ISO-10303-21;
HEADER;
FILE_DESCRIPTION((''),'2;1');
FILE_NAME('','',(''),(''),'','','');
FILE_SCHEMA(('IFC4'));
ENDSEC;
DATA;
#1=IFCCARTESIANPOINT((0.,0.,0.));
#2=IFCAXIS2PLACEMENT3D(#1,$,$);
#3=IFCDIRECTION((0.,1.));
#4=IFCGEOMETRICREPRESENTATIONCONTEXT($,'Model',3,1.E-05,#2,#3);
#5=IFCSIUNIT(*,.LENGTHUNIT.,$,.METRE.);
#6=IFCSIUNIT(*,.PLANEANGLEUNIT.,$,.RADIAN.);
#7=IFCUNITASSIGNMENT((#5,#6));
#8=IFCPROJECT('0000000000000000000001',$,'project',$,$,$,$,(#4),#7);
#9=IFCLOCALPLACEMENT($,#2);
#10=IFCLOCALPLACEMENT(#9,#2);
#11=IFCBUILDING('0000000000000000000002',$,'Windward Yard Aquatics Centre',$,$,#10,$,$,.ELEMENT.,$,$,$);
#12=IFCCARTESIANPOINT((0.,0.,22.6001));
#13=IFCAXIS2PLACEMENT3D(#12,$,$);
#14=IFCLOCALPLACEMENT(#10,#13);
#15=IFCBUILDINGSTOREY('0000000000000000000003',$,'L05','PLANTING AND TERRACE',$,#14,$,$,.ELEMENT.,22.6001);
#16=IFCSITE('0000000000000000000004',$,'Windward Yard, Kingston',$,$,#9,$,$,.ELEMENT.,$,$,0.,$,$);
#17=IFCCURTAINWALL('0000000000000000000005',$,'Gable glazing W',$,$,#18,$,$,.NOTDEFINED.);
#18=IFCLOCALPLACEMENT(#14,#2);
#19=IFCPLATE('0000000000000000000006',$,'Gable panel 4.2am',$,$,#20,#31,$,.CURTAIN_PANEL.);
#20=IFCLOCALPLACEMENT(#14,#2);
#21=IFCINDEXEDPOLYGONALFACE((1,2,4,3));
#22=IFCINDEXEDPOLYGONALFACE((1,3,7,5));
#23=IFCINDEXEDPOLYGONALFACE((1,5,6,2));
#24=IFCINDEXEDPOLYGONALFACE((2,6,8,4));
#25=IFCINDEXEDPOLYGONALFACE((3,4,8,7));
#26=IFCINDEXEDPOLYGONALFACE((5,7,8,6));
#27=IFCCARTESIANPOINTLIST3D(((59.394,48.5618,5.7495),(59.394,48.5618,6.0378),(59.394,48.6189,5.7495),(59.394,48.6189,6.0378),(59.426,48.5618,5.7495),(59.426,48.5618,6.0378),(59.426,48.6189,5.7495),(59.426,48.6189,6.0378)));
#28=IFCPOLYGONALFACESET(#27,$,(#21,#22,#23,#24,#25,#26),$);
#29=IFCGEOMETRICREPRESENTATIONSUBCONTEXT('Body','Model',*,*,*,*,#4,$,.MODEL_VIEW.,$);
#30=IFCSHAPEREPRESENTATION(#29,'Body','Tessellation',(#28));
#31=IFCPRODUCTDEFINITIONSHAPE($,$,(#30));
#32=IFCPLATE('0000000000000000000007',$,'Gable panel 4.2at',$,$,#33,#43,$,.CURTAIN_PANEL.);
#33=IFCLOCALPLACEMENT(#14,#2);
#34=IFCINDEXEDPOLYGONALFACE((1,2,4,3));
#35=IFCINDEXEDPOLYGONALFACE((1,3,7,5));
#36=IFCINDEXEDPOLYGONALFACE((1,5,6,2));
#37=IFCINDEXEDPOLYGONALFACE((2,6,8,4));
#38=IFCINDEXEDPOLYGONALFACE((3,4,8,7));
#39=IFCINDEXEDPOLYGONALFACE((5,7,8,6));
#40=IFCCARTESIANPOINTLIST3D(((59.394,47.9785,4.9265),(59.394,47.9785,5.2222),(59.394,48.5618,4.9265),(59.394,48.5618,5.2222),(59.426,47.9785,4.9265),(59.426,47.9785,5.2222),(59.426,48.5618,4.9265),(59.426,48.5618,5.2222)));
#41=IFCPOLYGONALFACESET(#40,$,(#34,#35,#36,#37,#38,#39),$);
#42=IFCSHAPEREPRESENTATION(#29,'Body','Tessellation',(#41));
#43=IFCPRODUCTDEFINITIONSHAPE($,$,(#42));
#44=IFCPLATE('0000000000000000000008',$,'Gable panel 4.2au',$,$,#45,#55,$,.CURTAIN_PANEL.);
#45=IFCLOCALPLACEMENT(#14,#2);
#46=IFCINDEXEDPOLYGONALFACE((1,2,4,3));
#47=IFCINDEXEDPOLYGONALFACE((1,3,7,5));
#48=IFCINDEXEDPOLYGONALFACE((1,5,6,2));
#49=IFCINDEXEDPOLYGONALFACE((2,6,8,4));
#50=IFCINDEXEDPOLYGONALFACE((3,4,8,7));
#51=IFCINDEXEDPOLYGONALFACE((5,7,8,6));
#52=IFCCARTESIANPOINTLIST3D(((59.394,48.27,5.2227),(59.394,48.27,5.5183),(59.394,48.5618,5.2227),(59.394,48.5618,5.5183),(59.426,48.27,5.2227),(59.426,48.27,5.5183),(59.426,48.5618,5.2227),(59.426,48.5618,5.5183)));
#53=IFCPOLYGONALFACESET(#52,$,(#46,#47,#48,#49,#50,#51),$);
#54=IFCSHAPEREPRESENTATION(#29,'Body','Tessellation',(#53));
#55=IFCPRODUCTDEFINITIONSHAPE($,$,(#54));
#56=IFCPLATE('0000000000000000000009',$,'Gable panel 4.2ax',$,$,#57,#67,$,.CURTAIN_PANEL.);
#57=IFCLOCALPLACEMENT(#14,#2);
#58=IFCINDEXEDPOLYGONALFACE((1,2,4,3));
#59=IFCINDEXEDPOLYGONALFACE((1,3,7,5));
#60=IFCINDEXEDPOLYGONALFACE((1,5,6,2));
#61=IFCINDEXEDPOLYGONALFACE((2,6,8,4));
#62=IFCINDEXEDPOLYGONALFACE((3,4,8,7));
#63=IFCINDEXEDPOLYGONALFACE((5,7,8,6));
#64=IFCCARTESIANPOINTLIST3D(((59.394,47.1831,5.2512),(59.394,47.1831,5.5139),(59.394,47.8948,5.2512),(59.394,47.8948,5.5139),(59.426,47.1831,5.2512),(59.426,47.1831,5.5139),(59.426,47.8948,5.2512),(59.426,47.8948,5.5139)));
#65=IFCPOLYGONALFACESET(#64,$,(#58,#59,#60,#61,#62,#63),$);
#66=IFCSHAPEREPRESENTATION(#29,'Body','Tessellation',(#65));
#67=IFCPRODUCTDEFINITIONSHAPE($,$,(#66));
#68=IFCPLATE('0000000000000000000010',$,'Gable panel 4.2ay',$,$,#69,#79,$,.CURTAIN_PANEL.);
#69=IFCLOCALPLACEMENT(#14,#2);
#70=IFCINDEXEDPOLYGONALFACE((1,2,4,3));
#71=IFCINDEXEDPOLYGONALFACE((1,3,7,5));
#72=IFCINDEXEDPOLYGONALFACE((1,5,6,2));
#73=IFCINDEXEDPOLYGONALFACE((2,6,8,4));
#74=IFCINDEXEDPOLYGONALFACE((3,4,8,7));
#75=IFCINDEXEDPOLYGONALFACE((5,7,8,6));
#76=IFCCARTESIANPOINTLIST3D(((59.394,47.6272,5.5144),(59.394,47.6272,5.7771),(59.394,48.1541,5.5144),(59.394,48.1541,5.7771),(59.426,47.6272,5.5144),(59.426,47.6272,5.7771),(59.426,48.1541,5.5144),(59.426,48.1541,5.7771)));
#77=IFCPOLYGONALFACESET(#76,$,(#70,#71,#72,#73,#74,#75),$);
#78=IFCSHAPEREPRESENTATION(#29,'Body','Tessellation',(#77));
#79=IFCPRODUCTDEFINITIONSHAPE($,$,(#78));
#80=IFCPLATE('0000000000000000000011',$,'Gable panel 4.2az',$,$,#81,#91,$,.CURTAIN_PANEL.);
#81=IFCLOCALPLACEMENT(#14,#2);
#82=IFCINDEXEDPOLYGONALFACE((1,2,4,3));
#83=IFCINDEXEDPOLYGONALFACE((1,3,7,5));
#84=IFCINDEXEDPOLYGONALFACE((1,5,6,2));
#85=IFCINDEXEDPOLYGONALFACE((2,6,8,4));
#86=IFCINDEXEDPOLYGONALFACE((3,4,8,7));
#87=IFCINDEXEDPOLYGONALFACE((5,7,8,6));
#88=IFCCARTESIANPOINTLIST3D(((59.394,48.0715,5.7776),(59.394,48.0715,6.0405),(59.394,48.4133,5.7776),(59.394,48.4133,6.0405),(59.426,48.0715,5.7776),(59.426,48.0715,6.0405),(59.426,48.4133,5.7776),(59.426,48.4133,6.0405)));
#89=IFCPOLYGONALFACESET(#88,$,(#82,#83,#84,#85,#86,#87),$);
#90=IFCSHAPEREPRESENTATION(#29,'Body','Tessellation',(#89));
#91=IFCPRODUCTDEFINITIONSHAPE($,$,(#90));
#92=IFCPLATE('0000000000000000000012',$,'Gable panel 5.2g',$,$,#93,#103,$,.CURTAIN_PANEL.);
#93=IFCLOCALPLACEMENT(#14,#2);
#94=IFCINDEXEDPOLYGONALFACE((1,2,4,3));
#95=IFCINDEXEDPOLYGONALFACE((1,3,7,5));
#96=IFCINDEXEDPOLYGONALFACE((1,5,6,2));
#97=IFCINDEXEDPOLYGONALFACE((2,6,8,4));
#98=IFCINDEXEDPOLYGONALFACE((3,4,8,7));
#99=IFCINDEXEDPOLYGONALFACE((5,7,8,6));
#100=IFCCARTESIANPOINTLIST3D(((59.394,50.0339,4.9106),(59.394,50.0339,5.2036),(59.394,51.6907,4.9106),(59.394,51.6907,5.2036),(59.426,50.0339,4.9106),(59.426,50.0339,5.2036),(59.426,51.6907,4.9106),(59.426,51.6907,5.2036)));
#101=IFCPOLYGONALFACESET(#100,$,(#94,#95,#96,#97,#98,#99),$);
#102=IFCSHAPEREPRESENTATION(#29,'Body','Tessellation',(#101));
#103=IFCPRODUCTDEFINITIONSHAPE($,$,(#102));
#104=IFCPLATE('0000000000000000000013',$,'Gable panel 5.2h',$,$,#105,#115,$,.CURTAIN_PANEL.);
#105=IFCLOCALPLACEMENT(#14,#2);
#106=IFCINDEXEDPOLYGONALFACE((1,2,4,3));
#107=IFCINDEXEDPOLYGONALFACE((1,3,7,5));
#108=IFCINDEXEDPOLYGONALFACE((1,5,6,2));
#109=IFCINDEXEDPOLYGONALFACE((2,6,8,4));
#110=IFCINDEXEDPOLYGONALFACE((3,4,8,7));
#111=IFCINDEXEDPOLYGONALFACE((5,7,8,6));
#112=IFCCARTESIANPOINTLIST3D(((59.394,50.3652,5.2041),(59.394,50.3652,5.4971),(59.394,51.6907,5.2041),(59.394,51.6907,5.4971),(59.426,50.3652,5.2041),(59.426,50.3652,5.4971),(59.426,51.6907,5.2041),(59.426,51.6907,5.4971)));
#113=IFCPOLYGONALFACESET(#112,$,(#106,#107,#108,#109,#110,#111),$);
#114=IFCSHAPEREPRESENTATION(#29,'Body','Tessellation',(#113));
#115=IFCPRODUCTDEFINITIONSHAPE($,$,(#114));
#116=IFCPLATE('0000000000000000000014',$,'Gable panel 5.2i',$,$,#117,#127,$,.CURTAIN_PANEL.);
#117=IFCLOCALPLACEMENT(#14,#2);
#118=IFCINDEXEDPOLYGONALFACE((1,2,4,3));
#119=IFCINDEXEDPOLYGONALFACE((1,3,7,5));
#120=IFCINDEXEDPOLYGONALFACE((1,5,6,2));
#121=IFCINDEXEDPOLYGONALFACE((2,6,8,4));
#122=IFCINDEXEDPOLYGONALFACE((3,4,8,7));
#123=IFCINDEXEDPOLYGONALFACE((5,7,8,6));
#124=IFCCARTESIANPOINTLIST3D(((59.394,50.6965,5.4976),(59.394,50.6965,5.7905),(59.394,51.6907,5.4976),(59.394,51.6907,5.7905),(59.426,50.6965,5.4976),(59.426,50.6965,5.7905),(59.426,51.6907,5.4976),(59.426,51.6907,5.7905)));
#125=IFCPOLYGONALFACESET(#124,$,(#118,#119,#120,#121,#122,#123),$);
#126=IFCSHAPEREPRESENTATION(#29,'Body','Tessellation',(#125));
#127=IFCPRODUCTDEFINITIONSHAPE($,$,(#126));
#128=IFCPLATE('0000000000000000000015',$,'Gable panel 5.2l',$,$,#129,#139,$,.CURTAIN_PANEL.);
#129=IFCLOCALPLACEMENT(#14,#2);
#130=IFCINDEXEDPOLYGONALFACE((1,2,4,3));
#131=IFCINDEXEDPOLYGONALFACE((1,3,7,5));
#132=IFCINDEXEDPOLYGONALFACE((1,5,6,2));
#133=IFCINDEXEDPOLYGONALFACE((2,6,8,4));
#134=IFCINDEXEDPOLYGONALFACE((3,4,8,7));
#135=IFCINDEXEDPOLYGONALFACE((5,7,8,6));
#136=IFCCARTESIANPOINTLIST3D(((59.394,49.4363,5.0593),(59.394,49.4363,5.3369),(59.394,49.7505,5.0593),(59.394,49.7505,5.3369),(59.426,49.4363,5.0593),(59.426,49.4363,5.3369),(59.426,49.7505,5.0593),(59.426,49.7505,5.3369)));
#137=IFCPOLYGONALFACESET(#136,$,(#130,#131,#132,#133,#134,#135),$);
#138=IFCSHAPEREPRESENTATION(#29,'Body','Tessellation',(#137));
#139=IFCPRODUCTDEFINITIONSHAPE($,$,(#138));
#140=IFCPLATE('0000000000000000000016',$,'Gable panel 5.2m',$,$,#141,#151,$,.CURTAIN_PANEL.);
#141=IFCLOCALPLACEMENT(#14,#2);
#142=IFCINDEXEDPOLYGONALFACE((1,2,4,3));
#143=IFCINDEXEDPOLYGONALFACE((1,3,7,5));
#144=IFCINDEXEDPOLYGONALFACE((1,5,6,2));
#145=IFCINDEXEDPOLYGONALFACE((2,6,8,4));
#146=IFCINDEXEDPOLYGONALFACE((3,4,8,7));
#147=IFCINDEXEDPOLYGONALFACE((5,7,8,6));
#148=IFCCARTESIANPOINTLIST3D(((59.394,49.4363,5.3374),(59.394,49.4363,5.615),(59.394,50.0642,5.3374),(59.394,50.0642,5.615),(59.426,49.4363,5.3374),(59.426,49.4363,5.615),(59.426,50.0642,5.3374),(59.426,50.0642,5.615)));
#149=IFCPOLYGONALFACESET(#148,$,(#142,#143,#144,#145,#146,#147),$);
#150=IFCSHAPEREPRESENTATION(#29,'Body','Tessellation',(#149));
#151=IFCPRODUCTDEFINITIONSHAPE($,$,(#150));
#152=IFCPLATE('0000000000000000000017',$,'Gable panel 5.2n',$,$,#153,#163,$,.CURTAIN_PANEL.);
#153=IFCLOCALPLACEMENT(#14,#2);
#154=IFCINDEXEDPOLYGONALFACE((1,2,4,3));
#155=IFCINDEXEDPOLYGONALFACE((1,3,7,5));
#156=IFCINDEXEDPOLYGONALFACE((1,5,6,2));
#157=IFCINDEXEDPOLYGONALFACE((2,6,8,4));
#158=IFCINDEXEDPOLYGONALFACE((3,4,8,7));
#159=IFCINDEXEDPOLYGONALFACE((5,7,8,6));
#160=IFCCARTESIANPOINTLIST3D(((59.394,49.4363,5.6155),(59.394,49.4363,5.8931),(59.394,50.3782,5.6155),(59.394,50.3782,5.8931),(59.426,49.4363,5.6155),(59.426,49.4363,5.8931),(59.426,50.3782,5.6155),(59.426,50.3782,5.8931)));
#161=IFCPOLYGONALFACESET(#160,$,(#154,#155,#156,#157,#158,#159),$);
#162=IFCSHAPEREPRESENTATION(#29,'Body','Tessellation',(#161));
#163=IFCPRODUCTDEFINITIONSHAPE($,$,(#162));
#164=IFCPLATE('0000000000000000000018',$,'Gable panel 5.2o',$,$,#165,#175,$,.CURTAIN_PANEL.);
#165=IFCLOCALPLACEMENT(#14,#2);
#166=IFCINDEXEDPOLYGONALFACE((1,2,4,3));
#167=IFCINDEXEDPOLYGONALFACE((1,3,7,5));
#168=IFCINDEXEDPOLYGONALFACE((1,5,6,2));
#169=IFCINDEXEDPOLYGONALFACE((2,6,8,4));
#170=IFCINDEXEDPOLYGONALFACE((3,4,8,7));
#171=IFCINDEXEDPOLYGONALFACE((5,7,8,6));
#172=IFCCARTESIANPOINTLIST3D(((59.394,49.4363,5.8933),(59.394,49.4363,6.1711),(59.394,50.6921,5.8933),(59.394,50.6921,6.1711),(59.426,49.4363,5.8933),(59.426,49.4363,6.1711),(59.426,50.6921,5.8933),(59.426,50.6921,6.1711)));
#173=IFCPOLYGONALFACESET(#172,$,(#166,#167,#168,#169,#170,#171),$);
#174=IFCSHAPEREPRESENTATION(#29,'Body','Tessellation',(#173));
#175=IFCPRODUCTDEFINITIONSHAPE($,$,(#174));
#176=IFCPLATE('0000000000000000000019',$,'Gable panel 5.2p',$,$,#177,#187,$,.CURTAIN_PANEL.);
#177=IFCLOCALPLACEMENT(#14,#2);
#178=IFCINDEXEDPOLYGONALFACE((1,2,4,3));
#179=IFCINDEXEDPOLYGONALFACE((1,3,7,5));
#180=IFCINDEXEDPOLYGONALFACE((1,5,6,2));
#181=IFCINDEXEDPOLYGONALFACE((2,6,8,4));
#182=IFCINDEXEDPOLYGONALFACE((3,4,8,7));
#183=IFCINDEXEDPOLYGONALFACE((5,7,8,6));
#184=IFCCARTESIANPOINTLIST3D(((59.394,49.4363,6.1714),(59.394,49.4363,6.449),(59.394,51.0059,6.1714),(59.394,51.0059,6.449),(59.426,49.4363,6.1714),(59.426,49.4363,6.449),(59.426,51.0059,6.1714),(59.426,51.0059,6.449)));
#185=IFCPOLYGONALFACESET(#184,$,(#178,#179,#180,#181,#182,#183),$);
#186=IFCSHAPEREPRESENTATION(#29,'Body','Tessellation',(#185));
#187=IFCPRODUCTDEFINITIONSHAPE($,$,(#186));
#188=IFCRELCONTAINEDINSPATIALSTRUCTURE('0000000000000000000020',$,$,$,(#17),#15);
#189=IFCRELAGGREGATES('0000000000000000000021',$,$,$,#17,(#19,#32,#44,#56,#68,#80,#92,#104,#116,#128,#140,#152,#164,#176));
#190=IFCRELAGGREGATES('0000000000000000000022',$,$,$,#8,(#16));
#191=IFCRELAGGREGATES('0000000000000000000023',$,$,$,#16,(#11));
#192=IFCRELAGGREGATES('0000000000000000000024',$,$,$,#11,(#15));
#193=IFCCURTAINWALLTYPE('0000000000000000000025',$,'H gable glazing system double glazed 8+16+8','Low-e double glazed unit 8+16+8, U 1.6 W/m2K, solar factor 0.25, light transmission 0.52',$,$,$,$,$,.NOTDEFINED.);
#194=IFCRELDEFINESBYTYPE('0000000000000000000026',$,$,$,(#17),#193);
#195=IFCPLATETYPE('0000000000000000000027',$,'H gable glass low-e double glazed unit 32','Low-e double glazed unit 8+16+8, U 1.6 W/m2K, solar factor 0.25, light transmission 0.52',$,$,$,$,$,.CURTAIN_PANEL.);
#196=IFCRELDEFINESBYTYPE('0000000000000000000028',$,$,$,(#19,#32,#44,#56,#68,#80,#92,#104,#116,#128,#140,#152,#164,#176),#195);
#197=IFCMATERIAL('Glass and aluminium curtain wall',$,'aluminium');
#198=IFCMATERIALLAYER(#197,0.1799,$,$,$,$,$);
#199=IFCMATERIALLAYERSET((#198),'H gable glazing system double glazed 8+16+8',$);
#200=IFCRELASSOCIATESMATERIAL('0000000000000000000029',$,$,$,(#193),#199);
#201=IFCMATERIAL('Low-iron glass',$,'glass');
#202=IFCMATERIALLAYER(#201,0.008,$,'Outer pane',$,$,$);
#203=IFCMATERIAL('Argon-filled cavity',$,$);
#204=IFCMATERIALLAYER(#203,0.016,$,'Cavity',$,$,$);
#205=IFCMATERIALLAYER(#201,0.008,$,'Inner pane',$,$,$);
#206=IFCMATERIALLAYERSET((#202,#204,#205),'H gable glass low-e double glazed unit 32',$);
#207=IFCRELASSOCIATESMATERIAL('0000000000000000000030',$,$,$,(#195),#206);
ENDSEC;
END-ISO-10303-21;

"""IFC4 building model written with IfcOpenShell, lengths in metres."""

from ifc_helpers import new_model, si_unit, direction, frame, origin, place, context, subcontext, project, spatial, polyline, outline, extrude, material, layer, layer_set, type_object, element, aggregate, save


model = new_model("IFC4")

# Units and contexts
model_context = context("Model", 3, precision=1e-05, world=origin(), true_north=direction((0.0, 1.0)))
body_context = subcontext(model_context, "Body", "Model", "MODEL_VIEW")
ifc_project = project(units=[si_unit("LENGTHUNIT", "METRE"), si_unit("PLANEANGLEUNIT", "RADIAN")], contexts=[model_context])

# Site, building, storey
site_placement = place(None, origin())
site = spatial("IfcSite", under=ifc_project, at=site_placement, Name="Windward Yard, Kingston", CompositionType="ELEMENT", RefElevation=0.0)
building_placement = place(site_placement, origin())
building = spatial("IfcBuilding", under=site, at=building_placement, Name="Windward Yard Aquatics Centre", CompositionType="ELEMENT")
storey_placement = place(building_placement, frame((0.0, 0.0, 22.6001)))
storey = spatial("IfcBuildingStorey", under=building, at=storey_placement, Name="L05", Description="PLANTING AND TERRACE", CompositionType="ELEMENT", Elevation=22.6001)

# Curtain wall, plates
ifc_material_1 = material(Name="Glass and aluminium curtain wall", Category="aluminium")
ifc_layer_1 = layer(ifc_material_1, 0.1799)
ifc_layer_set_1 = layer_set([ifc_layer_1], Name="H gable glazing system double glazed 8+16+8")
curtain_wall_type = type_object("IfcCurtainWallType", Name="H gable glazing system double glazed 8+16+8", Description="Low-e double glazed unit 8+16+8, U 1.6 W/m2K, solar factor 0.25, light transmission 0.52", PredefinedType="NOTDEFINED", material=ifc_layer_set_1)
curtain_wall_placement = place(storey_placement, origin())
curtain_wall = element("IfcCurtainWall", 1, at=curtain_wall_placement, inside=storey, type_object=curtain_wall_type, Name="Gable glazing W", PredefinedType="NOTDEFINED")
ifc_material_2 = material(Name="Low-iron glass", Category="glass")
ifc_layer_2 = layer(ifc_material_2, 0.008, Name="Outer pane")
ifc_material_3 = material(Name="Argon-filled cavity")
ifc_layer_3 = layer(ifc_material_3, 0.016, Name="Cavity")
ifc_layer_4 = layer(ifc_material_2, 0.008, Name="Inner pane")
ifc_layer_set_2 = layer_set([ifc_layer_2, ifc_layer_3, ifc_layer_4], Name="H gable glass low-e double glazed unit 32")
plate_type = type_object("IfcPlateType", Name="H gable glass low-e double glazed unit 32", Description="Low-e double glazed unit 8+16+8, U 1.6 W/m2K, solar factor 0.25, light transmission 0.52", PredefinedType="CURTAIN_PANEL", material=ifc_layer_set_2)
plate_1_placement = place(storey_placement, frame((59.426, 48.5618, 5.7495), z_axis=(1.0, 0.0, 0.0), x_axis=(0.0, 1.0, 0.0)))
plate_1 = element("IfcPlate", 2, at=plate_1_placement, type_object=plate_type, Name="Gable panel 4.2am", PredefinedType="CURTAIN_PANEL", context=body_context, shape_type="SweptSolid", body=[
    extrude(outline(polyline([(0.0, 0.0), (0.0571, 0.0), (0.0571, 0.2883), (0.0, 0.2883), (0.0, 0.0)])), origin(), (0.0, 0.0, -1.0), 0.032),
])
plate_2_placement = place(storey_placement, frame((59.426, 47.9785, 4.9265), z_axis=(1.0, 0.0, 0.0), x_axis=(0.0, 1.0, 0.0)))
plate_2 = element("IfcPlate", 3, at=plate_2_placement, type_object=plate_type, Name="Gable panel 4.2at", PredefinedType="CURTAIN_PANEL", context=body_context, shape_type="SweptSolid", body=[
    extrude(outline(polyline([(0.0, 0.0), (0.5833, 0.0), (0.5833, 0.2957), (0.0, 0.2957), (0.0, 0.0)])), origin(), (0.0, 0.0, -1.0), 0.032),
])
plate_3_placement = place(storey_placement, frame((59.426, 48.27, 5.2227), z_axis=(1.0, 0.0, 0.0), x_axis=(0.0, 1.0, 0.0)))
plate_3 = element("IfcPlate", 4, at=plate_3_placement, type_object=plate_type, Name="Gable panel 4.2au", PredefinedType="CURTAIN_PANEL", context=body_context, shape_type="SweptSolid", body=[
    extrude(outline(polyline([(0.0, 0.0), (0.2917, 0.0), (0.2917, 0.2957), (0.0, 0.2957), (0.0, 0.0)])), origin(), (0.0, 0.0, -1.0), 0.032),
])
plate_4_placement = place(storey_placement, frame((59.426, 47.1831, 5.2512), z_axis=(1.0, 0.0, 0.0), x_axis=(0.0, 1.0, 0.0)))
plate_4 = element("IfcPlate", 5, at=plate_4_placement, type_object=plate_type, Name="Gable panel 4.2ax", PredefinedType="CURTAIN_PANEL", context=body_context, shape_type="SweptSolid", body=[
    extrude(outline(polyline([(0.0, 0.0), (0.7117, 0.0), (0.7117, 0.2627), (0.0, 0.2627), (0.0, 0.0)])), origin(), (0.0, 0.0, -1.0), 0.032),
])
plate_5_placement = place(storey_placement, frame((59.426, 47.6272, 5.5144), z_axis=(1.0, 0.0, 0.0), x_axis=(0.0, 1.0, 0.0)))
plate_5 = element("IfcPlate", 6, at=plate_5_placement, type_object=plate_type, Name="Gable panel 4.2ay", PredefinedType="CURTAIN_PANEL", context=body_context, shape_type="SweptSolid", body=[
    extrude(outline(polyline([(0.0, 0.0), (0.5269, 0.0), (0.5269, 0.2627), (0.0, 0.2627), (0.0, 0.0)])), origin(), (0.0, 0.0, -1.0), 0.032),
])
plate_6_placement = place(storey_placement, frame((59.426, 48.0715, 5.7776), z_axis=(1.0, 0.0, 0.0), x_axis=(0.0, 1.0, 0.0)))
plate_6 = element("IfcPlate", 7, at=plate_6_placement, type_object=plate_type, Name="Gable panel 4.2az", PredefinedType="CURTAIN_PANEL", context=body_context, shape_type="SweptSolid", body=[
    extrude(outline(polyline([(0.0, 0.0), (0.3418, 0.0), (0.3418, 0.2629), (0.0, 0.2629), (0.0, 0.0)])), origin(), (0.0, 0.0, -1.0), 0.032),
])
plate_7_placement = place(storey_placement, frame((59.426, 50.0339, 4.9106), z_axis=(1.0, 0.0, 0.0), x_axis=(0.0, 1.0, 0.0)))
plate_7 = element("IfcPlate", 8, at=plate_7_placement, type_object=plate_type, Name="Gable panel 5.2g", PredefinedType="CURTAIN_PANEL", context=body_context, shape_type="SweptSolid", body=[
    extrude(outline(polyline([(0.0, 0.0), (1.6567, 0.0), (1.6567, 0.293), (0.0, 0.293), (0.0, 0.0)])), origin(), (0.0, 0.0, -1.0), 0.032),
])
plate_8_placement = place(storey_placement, frame((59.426, 50.3652, 5.2041), z_axis=(1.0, 0.0, 0.0), x_axis=(0.0, 1.0, 0.0)))
plate_8 = element("IfcPlate", 9, at=plate_8_placement, type_object=plate_type, Name="Gable panel 5.2h", PredefinedType="CURTAIN_PANEL", context=body_context, shape_type="SweptSolid", body=[
    extrude(outline(polyline([(0.0, 0.0), (1.3254, 0.0), (1.3254, 0.293), (0.0, 0.293), (0.0, 0.0)])), origin(), (0.0, 0.0, -1.0), 0.032),
])
plate_9_placement = place(storey_placement, frame((59.426, 50.6965, 5.4976), z_axis=(1.0, 0.0, 0.0), x_axis=(0.0, 1.0, 0.0)))
plate_9 = element("IfcPlate", 10, at=plate_9_placement, type_object=plate_type, Name="Gable panel 5.2i", PredefinedType="CURTAIN_PANEL", context=body_context, shape_type="SweptSolid", body=[
    extrude(outline(polyline([(0.0, 0.0), (0.9941, 0.0), (0.9941, 0.293), (0.0, 0.293), (0.0, 0.0)])), origin(), (0.0, 0.0, -1.0), 0.032),
])
plate_10_placement = place(storey_placement, frame((59.426, 49.4363, 5.0593), z_axis=(1.0, 0.0, 0.0), x_axis=(0.0, 1.0, 0.0)))
plate_10 = element("IfcPlate", 11, at=plate_10_placement, type_object=plate_type, Name="Gable panel 5.2l", PredefinedType="CURTAIN_PANEL", context=body_context, shape_type="SweptSolid", body=[
    extrude(outline(polyline([(0.0, 0.0), (0.3142, 0.0), (0.3142, 0.2776), (0.0, 0.2776), (0.0, 0.0)])), origin(), (0.0, 0.0, -1.0), 0.032),
])
plate_11_placement = place(storey_placement, frame((59.426, 49.4363, 5.3374), z_axis=(1.0, 0.0, 0.0), x_axis=(0.0, 1.0, 0.0)))
plate_11 = element("IfcPlate", 12, at=plate_11_placement, type_object=plate_type, Name="Gable panel 5.2m", PredefinedType="CURTAIN_PANEL", context=body_context, shape_type="SweptSolid", body=[
    extrude(outline(polyline([(0.0, 0.0), (0.6279, 0.0), (0.6279, 0.2776), (0.0, 0.2776), (0.0, 0.0)])), origin(), (0.0, 0.0, -1.0), 0.032),
])
plate_12_placement = place(storey_placement, frame((59.426, 49.4363, 5.6155), z_axis=(1.0, 0.0, 0.0), x_axis=(0.0, 1.0, 0.0)))
plate_12 = element("IfcPlate", 13, at=plate_12_placement, type_object=plate_type, Name="Gable panel 5.2n", PredefinedType="CURTAIN_PANEL", context=body_context, shape_type="SweptSolid", body=[
    extrude(outline(polyline([(0.0, 0.0), (0.9419, 0.0), (0.9419, 0.2776), (0.0, 0.2776), (0.0, 0.0)])), origin(), (0.0, 0.0, -1.0), 0.032),
])
plate_13_placement = place(storey_placement, frame((59.426, 49.4363, 5.8933), z_axis=(1.0, 0.0, 0.0), x_axis=(0.0, 1.0, 0.0)))
plate_13 = element("IfcPlate", 14, at=plate_13_placement, type_object=plate_type, Name="Gable panel 5.2o", PredefinedType="CURTAIN_PANEL", context=body_context, shape_type="SweptSolid", body=[
    extrude(outline(polyline([(0.0, 0.0), (1.2559, 0.0), (1.2559, 0.2778), (0.0, 0.2778), (0.0, 0.0)])), origin(), (0.0, 0.0, -1.0), 0.032),
])
plate_14_placement = place(storey_placement, frame((59.426, 49.4363, 6.1714), z_axis=(1.0, 0.0, 0.0), x_axis=(0.0, 1.0, 0.0)))
plate_14 = element("IfcPlate", 15, at=plate_14_placement, type_object=plate_type, Name="Gable panel 5.2p", PredefinedType="CURTAIN_PANEL", context=body_context, shape_type="SweptSolid", body=[
    extrude(outline(polyline([(0.0, 0.0), (1.5696, 0.0), (1.5696, 0.2776), (0.0, 0.2776), (0.0, 0.0)])), origin(), (0.0, 0.0, -1.0), 0.032),
])
aggregate(curtain_wall, [plate_1, plate_2, plate_3, plate_4, plate_5, plate_6, plate_7, plate_8, plate_9, plate_10, plate_11, plate_12, plate_13, plate_14])

save(model, "model.ifc")
